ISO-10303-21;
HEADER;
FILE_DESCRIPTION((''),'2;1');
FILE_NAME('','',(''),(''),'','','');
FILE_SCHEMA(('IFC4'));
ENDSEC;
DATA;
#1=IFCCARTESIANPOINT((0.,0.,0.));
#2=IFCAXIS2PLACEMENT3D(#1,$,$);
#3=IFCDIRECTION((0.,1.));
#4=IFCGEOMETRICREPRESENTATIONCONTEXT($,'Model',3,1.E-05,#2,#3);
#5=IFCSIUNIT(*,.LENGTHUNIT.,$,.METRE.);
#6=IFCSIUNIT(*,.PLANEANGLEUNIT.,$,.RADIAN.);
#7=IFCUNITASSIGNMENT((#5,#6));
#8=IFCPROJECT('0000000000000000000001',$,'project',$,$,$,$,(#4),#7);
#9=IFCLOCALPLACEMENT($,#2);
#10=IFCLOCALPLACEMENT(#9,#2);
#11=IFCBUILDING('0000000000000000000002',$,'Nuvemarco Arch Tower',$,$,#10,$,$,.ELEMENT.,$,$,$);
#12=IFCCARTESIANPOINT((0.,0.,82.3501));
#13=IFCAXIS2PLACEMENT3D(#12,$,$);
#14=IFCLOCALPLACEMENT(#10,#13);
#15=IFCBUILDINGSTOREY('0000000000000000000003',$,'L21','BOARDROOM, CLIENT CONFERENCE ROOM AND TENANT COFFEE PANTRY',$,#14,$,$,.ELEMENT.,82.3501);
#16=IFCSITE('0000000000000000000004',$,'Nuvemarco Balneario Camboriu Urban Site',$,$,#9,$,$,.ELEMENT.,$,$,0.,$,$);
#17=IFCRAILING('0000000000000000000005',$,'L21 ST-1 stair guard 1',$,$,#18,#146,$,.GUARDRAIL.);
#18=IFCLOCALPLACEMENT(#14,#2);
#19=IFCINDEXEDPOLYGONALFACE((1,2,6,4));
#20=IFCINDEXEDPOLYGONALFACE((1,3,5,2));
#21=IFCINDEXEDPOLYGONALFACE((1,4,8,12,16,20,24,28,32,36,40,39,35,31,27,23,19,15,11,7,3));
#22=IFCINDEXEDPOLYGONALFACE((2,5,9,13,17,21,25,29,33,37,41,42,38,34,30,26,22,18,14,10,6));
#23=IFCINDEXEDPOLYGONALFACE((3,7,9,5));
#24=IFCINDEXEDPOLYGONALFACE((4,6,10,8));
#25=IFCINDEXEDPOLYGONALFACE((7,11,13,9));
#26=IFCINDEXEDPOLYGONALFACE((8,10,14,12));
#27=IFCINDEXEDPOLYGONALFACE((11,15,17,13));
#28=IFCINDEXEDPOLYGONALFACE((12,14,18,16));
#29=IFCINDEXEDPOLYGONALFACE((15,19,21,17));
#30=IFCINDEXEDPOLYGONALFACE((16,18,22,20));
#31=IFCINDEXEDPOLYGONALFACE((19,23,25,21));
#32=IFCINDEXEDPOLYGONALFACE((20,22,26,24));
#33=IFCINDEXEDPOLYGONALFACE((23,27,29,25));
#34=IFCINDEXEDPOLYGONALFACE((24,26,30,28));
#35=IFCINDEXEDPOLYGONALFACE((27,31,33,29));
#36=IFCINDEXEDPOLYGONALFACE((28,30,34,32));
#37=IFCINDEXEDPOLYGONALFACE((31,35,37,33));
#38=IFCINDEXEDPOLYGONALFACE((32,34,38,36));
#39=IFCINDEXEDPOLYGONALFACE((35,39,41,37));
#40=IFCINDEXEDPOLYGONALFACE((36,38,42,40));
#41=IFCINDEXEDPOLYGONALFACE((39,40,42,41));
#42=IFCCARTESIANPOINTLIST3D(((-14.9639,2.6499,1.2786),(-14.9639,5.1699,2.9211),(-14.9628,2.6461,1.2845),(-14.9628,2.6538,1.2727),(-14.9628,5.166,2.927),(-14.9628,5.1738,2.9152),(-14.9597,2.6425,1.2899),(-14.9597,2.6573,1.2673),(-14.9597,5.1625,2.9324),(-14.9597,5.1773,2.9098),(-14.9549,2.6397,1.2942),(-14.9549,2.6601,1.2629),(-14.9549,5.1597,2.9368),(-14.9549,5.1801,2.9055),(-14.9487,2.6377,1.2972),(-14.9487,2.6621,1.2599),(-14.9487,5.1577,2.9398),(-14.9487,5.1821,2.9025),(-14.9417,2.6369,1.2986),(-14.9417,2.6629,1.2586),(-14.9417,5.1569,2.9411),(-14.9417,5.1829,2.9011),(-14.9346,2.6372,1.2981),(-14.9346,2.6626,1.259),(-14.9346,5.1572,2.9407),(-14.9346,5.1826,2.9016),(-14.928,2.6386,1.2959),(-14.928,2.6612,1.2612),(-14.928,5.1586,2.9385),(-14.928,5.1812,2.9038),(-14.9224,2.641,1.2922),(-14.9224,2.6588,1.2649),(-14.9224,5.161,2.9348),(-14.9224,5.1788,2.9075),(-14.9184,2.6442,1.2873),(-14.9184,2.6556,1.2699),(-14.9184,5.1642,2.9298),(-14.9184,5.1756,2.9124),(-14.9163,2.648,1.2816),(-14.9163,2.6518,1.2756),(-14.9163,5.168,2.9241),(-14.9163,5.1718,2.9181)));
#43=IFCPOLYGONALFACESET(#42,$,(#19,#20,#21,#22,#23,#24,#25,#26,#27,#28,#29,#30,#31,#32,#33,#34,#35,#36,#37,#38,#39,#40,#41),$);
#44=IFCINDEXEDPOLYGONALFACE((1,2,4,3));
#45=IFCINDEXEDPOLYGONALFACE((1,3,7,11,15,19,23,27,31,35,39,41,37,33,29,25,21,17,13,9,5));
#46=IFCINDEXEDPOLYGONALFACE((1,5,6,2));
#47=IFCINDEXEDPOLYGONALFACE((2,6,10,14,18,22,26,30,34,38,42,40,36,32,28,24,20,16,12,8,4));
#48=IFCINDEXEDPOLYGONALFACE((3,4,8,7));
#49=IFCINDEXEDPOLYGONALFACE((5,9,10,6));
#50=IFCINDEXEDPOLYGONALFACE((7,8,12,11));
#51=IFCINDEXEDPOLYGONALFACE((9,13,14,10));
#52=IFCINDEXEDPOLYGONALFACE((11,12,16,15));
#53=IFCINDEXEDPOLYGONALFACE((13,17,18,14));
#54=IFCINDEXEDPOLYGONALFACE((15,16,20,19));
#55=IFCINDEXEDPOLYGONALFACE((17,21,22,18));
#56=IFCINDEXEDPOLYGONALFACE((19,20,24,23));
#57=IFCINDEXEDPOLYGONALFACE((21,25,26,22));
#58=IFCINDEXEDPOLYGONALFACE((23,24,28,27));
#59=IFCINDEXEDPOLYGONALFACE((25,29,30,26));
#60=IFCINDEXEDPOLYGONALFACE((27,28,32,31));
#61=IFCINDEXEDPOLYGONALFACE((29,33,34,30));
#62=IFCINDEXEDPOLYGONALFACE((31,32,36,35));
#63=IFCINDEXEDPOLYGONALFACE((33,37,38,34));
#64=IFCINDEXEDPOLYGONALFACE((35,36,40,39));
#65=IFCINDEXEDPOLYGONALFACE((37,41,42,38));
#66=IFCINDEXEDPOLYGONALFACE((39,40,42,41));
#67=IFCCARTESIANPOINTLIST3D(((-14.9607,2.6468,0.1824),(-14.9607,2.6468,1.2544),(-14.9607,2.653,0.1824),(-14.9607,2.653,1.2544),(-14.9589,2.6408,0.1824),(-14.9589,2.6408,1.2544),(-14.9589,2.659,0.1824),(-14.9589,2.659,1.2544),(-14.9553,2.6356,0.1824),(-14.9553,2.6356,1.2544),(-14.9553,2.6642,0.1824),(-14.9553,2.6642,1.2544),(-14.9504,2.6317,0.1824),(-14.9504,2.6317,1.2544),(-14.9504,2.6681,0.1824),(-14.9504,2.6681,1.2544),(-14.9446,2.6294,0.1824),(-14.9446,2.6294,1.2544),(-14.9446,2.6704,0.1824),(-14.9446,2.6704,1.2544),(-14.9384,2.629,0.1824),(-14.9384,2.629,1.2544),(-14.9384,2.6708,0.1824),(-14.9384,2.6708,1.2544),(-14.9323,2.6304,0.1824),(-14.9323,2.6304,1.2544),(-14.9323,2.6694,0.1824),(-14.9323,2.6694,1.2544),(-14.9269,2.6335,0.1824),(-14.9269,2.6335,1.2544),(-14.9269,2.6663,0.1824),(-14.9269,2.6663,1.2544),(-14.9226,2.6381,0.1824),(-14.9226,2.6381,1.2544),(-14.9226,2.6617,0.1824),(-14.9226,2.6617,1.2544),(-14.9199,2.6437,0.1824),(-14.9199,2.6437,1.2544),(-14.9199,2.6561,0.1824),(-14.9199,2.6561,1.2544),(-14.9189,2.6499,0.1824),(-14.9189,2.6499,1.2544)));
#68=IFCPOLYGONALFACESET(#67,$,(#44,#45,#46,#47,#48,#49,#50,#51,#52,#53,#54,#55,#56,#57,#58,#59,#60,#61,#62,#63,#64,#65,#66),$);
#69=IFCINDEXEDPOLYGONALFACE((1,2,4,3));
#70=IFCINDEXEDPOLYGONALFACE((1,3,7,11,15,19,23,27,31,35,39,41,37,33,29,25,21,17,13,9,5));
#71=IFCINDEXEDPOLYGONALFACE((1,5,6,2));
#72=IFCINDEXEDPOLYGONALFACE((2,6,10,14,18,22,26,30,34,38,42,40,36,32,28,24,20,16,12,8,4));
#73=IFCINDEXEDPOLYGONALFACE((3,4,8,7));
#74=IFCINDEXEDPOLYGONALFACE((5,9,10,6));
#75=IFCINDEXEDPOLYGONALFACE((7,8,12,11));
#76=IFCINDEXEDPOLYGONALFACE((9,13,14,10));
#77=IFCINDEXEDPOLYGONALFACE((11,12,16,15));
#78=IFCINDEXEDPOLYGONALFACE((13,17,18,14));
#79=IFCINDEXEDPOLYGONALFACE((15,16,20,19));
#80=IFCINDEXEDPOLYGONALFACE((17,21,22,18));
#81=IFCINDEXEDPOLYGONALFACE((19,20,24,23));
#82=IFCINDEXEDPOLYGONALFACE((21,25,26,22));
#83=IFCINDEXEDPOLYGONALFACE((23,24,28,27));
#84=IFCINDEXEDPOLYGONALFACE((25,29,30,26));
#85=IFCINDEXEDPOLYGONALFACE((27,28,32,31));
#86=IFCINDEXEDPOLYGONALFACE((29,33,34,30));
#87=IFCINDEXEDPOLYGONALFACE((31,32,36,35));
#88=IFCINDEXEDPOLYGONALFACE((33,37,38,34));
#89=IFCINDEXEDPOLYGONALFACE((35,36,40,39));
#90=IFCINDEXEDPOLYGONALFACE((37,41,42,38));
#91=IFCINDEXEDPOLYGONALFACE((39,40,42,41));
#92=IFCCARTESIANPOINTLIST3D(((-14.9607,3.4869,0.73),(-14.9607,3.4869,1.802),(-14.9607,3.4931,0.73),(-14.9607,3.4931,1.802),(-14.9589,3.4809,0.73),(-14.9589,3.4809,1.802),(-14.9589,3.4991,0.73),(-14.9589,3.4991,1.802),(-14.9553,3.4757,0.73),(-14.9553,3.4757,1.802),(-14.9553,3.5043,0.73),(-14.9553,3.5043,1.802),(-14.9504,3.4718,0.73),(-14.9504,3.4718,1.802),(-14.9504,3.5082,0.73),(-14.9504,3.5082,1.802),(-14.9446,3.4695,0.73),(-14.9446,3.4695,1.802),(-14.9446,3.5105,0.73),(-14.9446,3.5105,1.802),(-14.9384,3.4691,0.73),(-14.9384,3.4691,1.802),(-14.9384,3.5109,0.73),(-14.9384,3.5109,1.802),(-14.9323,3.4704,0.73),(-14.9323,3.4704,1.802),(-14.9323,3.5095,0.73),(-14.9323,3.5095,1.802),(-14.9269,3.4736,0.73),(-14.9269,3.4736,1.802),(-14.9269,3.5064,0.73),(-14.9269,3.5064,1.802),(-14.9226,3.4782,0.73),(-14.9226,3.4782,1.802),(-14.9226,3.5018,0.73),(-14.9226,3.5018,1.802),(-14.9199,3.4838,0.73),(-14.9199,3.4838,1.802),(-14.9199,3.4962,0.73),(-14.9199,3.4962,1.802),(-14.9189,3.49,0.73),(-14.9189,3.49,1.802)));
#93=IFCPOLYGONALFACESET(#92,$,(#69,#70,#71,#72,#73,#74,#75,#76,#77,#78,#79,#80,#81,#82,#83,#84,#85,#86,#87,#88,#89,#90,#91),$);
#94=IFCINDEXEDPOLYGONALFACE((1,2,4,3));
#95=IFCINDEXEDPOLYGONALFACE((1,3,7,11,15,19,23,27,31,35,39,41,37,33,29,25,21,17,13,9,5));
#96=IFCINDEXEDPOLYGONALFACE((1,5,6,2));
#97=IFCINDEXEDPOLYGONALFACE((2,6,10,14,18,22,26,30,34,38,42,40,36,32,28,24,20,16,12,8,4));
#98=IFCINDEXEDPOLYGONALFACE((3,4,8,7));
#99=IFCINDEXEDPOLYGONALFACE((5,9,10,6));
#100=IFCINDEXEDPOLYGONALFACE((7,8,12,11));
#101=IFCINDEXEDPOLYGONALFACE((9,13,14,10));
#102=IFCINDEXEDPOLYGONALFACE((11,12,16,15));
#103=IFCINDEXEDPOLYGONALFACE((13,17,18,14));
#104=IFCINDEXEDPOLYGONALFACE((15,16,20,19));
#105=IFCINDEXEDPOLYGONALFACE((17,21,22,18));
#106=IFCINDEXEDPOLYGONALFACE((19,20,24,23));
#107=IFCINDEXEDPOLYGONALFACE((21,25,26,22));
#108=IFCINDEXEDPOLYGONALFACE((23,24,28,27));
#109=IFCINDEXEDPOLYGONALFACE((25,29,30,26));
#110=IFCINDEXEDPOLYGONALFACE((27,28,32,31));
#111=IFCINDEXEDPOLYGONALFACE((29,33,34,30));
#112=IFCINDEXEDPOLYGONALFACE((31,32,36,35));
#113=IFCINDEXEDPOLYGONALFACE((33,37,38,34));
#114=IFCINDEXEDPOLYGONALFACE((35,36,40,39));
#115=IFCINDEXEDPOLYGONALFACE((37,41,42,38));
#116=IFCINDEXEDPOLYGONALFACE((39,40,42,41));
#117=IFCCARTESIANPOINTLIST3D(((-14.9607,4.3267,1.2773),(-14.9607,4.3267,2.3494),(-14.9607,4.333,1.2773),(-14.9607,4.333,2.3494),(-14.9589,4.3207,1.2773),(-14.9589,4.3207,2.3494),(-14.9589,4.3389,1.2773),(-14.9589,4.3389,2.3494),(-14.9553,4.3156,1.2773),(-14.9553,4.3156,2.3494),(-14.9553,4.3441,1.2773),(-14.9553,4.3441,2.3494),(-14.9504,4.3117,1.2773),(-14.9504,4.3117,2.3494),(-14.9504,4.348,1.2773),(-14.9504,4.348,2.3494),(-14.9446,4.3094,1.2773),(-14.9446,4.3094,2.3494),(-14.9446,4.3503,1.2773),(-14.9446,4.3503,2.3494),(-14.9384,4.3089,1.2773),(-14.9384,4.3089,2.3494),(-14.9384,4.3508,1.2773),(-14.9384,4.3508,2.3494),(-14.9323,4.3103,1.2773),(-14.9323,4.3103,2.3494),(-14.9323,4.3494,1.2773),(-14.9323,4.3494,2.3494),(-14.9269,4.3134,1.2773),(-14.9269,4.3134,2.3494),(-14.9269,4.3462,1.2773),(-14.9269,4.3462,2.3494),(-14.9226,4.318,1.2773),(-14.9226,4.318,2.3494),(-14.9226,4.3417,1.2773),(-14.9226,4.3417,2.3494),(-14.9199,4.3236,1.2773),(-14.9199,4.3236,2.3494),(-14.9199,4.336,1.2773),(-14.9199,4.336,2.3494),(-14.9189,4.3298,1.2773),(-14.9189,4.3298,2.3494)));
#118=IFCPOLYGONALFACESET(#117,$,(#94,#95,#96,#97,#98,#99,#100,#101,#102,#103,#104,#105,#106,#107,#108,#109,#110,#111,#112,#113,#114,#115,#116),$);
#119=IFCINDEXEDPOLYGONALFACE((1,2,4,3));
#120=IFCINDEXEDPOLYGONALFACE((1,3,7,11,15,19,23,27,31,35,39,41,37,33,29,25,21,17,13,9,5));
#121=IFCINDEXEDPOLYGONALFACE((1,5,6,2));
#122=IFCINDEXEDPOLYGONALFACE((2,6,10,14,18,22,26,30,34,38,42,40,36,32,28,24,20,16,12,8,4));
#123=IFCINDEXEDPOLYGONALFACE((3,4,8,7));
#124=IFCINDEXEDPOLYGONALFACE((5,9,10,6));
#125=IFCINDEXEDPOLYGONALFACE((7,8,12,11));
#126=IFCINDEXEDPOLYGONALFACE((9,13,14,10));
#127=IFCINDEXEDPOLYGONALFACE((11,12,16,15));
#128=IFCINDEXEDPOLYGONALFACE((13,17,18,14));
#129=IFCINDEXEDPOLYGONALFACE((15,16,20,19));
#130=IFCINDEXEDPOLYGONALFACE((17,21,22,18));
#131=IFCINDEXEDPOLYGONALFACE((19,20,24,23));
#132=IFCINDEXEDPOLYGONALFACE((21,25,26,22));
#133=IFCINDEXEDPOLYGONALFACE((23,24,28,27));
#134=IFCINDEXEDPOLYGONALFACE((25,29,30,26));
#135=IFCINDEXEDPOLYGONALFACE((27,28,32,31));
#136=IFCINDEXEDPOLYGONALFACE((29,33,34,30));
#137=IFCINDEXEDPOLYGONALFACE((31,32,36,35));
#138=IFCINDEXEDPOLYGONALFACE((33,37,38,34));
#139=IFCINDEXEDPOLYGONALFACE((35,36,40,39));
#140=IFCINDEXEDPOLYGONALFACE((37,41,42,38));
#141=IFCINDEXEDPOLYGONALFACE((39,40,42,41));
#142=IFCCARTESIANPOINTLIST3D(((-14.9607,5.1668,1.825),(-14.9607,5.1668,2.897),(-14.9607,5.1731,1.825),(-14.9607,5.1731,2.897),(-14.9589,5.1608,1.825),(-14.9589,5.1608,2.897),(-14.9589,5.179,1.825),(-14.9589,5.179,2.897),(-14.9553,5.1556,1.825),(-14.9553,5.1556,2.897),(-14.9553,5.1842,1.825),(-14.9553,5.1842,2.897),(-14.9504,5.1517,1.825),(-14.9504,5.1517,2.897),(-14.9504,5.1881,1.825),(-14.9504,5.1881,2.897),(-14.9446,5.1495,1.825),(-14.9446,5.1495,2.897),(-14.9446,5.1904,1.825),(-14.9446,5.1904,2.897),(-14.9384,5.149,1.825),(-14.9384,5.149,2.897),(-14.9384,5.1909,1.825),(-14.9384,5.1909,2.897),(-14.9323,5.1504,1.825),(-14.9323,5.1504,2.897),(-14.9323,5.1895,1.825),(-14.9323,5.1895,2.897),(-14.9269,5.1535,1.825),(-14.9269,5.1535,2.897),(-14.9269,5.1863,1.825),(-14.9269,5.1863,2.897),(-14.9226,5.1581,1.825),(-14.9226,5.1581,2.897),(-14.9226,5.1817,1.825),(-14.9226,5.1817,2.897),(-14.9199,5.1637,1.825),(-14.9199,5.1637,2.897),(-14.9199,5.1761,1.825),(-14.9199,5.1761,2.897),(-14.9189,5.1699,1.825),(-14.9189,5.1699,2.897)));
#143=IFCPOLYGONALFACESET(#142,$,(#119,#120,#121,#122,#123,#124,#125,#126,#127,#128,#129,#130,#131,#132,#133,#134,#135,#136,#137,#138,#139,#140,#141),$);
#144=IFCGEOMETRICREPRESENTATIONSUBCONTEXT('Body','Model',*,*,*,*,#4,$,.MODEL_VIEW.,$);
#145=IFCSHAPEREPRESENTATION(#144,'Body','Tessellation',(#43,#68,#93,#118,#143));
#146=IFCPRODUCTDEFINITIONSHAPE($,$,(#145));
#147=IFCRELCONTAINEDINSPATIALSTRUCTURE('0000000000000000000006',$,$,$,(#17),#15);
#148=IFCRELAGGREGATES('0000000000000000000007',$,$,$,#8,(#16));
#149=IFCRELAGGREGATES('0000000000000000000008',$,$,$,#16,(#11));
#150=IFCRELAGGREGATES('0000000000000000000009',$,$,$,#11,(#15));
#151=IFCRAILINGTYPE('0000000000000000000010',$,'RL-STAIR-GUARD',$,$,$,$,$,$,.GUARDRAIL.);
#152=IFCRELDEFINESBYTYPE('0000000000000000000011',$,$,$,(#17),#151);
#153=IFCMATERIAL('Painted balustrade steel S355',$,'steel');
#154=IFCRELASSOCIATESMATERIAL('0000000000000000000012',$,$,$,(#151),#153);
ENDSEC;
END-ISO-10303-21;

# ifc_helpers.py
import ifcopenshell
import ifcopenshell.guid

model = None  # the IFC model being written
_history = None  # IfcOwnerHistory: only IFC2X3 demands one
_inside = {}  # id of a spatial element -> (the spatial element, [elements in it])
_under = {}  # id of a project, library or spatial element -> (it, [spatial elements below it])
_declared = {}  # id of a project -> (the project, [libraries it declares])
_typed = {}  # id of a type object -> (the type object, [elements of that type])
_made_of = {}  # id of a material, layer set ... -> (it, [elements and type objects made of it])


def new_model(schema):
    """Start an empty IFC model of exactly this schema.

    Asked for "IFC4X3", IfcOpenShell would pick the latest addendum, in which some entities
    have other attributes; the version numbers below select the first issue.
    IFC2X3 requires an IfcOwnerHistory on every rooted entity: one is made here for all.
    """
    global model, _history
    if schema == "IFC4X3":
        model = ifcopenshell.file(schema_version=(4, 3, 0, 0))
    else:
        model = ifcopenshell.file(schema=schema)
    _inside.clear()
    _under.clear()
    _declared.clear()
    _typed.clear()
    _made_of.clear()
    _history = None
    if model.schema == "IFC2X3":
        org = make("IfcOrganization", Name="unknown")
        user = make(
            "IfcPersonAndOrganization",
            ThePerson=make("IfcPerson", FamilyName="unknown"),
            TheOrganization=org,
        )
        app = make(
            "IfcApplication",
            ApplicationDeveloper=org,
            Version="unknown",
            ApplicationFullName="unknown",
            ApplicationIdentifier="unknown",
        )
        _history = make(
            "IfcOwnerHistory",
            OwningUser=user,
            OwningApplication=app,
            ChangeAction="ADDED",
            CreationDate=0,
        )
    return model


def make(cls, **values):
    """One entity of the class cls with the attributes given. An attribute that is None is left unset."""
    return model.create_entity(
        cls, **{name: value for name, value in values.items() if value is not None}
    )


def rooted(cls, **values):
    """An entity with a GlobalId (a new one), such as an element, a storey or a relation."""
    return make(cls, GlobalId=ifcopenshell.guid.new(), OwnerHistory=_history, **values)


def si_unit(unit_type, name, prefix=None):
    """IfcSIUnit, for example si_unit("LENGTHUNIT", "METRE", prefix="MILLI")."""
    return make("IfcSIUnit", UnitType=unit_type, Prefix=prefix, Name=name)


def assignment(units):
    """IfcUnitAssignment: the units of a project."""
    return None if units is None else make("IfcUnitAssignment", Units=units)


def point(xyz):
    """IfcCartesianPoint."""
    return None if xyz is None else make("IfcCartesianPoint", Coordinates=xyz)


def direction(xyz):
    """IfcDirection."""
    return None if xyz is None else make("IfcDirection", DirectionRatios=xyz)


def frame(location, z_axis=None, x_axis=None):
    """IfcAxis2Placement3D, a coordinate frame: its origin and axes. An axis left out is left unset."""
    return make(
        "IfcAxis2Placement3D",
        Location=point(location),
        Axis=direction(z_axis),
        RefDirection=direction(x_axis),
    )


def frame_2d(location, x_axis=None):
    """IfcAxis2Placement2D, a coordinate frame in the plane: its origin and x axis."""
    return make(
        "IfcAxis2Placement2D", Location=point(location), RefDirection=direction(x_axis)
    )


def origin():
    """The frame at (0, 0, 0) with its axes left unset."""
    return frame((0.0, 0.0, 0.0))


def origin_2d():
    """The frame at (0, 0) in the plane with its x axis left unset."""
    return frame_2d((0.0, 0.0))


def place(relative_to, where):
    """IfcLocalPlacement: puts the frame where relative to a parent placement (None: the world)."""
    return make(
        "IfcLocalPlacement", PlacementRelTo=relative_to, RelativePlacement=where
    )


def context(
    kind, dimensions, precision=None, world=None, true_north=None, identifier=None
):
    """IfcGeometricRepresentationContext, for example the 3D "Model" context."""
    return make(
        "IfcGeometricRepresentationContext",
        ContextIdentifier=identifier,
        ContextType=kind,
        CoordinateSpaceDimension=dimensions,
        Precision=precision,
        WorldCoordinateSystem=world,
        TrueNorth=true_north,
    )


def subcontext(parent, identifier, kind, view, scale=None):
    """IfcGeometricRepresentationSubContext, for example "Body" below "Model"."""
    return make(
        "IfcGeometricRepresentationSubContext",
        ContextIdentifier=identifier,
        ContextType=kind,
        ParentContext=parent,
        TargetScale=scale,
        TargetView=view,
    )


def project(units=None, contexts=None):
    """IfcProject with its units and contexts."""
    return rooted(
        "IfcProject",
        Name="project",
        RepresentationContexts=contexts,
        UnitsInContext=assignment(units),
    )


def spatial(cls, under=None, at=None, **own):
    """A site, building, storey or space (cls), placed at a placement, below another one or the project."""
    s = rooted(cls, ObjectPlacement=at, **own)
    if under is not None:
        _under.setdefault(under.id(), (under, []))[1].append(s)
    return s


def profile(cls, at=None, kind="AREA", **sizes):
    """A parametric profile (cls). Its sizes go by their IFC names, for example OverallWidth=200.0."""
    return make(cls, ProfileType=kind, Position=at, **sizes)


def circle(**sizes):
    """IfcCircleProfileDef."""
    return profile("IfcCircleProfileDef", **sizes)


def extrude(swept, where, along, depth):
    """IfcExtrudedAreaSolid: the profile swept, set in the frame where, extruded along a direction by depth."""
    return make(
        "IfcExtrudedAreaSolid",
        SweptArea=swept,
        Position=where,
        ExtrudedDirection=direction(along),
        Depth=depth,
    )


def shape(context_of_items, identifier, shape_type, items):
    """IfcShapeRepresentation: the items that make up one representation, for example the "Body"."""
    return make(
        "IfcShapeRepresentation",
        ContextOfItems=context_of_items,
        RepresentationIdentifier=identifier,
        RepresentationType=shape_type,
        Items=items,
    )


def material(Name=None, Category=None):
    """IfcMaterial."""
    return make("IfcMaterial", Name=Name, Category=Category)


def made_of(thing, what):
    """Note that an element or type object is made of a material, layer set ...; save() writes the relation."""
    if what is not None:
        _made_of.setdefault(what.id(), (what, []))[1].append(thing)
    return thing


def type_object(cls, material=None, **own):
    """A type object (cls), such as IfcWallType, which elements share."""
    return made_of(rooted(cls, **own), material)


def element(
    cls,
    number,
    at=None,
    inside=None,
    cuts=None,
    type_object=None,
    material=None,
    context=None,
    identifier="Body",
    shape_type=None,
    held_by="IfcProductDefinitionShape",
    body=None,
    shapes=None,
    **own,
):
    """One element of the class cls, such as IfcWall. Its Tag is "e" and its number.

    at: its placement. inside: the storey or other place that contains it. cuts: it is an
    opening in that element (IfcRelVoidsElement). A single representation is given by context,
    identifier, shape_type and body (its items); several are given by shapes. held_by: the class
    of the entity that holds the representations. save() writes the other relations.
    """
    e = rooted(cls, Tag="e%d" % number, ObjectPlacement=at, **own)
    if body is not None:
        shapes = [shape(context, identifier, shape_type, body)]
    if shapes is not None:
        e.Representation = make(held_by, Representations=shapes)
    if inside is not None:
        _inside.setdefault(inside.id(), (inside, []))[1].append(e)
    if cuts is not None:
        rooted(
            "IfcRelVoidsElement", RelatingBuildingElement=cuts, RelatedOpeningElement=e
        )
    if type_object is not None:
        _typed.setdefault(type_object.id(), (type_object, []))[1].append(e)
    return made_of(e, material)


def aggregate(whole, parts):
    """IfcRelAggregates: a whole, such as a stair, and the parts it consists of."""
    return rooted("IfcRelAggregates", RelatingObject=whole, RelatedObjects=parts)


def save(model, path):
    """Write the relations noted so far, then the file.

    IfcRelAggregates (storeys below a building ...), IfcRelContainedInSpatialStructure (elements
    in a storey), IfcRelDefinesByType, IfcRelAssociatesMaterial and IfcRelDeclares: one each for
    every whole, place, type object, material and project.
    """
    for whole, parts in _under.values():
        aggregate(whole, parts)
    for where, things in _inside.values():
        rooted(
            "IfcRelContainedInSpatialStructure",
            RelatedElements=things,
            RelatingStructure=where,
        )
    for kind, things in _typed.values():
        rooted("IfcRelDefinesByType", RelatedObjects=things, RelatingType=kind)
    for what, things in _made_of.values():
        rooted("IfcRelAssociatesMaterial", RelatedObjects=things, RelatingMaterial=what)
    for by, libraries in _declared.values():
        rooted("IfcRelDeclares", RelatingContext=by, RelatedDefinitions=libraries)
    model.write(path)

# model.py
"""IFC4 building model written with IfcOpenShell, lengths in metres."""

from ifc_helpers import new_model, si_unit, direction, frame, origin, origin_2d, place, context, subcontext, project, spatial, circle, extrude, material, type_object, element, save


model = new_model("IFC4")

# Units and contexts
model_context = context("Model", 3, precision=1e-05, world=origin(), true_north=direction((0.0, 1.0)))
body_context = subcontext(model_context, "Body", "Model", "MODEL_VIEW")
ifc_project = project(units=[si_unit("LENGTHUNIT", "METRE"), si_unit("PLANEANGLEUNIT", "RADIAN")], contexts=[model_context])

# Site, building, storey
site_placement = place(None, origin())
site = spatial("IfcSite", under=ifc_project, at=site_placement, Name="Nuvemarco Balneario Camboriu Urban Site", CompositionType="ELEMENT", RefElevation=0.0)
building_placement = place(site_placement, origin())
building = spatial("IfcBuilding", under=site, at=building_placement, Name="Nuvemarco Arch Tower", CompositionType="ELEMENT")
storey_placement = place(building_placement, frame((0.0, 0.0, 82.3501)))
storey = spatial("IfcBuildingStorey", under=building, at=storey_placement, Name="L21", Description="BOARDROOM, CLIENT CONFERENCE ROOM AND TENANT COFFEE PANTRY", CompositionType="ELEMENT", Elevation=82.3501)

# Railing
ifc_material_1 = material(Name="Painted balustrade steel S355", Category="steel")
railing_type_1 = type_object("IfcRailingType", Name="RL-STAIR-GUARD", PredefinedType="GUARDRAIL", material=ifc_material_1)
railing_1_placement = place(storey_placement, frame((-14.9399, 2.6499, 0.1824)))
element("IfcRailing", 1, at=railing_1_placement, inside=storey, type_object=railing_type_1, Name="L21 ST-1 stair guard 1", PredefinedType="GUARDRAIL", context=body_context, shape_type="SweptSolid", body=[
    extrude(circle(Radius=0.0239, at=origin_2d()), frame((0.0, 0.0, 1.0962), z_axis=(0.0, 0.837749, 0.546055), x_axis=(-1.0, 0.0, 0.0)), (0.0, 0.0, 1.0), 3.0081),
    extrude(circle(Radius=0.021, at=origin_2d()), origin(), (0.0, 0.0, 1.0), 1.072),
    extrude(circle(Radius=0.021, at=origin_2d()), frame((0.0, 0.8401, 0.5476)), (0.0, 0.0, 1.0), 1.072),
    extrude(circle(Radius=0.021, at=origin_2d()), frame((0.0, 1.6799, 1.095)), (0.0, 0.0, 1.0), 1.072),
    extrude(circle(Radius=0.021, at=origin_2d()), frame((0.0, 2.52, 1.6426)), (0.0, 0.0, 1.0), 1.072),
])

save(model, "model.ifc")
